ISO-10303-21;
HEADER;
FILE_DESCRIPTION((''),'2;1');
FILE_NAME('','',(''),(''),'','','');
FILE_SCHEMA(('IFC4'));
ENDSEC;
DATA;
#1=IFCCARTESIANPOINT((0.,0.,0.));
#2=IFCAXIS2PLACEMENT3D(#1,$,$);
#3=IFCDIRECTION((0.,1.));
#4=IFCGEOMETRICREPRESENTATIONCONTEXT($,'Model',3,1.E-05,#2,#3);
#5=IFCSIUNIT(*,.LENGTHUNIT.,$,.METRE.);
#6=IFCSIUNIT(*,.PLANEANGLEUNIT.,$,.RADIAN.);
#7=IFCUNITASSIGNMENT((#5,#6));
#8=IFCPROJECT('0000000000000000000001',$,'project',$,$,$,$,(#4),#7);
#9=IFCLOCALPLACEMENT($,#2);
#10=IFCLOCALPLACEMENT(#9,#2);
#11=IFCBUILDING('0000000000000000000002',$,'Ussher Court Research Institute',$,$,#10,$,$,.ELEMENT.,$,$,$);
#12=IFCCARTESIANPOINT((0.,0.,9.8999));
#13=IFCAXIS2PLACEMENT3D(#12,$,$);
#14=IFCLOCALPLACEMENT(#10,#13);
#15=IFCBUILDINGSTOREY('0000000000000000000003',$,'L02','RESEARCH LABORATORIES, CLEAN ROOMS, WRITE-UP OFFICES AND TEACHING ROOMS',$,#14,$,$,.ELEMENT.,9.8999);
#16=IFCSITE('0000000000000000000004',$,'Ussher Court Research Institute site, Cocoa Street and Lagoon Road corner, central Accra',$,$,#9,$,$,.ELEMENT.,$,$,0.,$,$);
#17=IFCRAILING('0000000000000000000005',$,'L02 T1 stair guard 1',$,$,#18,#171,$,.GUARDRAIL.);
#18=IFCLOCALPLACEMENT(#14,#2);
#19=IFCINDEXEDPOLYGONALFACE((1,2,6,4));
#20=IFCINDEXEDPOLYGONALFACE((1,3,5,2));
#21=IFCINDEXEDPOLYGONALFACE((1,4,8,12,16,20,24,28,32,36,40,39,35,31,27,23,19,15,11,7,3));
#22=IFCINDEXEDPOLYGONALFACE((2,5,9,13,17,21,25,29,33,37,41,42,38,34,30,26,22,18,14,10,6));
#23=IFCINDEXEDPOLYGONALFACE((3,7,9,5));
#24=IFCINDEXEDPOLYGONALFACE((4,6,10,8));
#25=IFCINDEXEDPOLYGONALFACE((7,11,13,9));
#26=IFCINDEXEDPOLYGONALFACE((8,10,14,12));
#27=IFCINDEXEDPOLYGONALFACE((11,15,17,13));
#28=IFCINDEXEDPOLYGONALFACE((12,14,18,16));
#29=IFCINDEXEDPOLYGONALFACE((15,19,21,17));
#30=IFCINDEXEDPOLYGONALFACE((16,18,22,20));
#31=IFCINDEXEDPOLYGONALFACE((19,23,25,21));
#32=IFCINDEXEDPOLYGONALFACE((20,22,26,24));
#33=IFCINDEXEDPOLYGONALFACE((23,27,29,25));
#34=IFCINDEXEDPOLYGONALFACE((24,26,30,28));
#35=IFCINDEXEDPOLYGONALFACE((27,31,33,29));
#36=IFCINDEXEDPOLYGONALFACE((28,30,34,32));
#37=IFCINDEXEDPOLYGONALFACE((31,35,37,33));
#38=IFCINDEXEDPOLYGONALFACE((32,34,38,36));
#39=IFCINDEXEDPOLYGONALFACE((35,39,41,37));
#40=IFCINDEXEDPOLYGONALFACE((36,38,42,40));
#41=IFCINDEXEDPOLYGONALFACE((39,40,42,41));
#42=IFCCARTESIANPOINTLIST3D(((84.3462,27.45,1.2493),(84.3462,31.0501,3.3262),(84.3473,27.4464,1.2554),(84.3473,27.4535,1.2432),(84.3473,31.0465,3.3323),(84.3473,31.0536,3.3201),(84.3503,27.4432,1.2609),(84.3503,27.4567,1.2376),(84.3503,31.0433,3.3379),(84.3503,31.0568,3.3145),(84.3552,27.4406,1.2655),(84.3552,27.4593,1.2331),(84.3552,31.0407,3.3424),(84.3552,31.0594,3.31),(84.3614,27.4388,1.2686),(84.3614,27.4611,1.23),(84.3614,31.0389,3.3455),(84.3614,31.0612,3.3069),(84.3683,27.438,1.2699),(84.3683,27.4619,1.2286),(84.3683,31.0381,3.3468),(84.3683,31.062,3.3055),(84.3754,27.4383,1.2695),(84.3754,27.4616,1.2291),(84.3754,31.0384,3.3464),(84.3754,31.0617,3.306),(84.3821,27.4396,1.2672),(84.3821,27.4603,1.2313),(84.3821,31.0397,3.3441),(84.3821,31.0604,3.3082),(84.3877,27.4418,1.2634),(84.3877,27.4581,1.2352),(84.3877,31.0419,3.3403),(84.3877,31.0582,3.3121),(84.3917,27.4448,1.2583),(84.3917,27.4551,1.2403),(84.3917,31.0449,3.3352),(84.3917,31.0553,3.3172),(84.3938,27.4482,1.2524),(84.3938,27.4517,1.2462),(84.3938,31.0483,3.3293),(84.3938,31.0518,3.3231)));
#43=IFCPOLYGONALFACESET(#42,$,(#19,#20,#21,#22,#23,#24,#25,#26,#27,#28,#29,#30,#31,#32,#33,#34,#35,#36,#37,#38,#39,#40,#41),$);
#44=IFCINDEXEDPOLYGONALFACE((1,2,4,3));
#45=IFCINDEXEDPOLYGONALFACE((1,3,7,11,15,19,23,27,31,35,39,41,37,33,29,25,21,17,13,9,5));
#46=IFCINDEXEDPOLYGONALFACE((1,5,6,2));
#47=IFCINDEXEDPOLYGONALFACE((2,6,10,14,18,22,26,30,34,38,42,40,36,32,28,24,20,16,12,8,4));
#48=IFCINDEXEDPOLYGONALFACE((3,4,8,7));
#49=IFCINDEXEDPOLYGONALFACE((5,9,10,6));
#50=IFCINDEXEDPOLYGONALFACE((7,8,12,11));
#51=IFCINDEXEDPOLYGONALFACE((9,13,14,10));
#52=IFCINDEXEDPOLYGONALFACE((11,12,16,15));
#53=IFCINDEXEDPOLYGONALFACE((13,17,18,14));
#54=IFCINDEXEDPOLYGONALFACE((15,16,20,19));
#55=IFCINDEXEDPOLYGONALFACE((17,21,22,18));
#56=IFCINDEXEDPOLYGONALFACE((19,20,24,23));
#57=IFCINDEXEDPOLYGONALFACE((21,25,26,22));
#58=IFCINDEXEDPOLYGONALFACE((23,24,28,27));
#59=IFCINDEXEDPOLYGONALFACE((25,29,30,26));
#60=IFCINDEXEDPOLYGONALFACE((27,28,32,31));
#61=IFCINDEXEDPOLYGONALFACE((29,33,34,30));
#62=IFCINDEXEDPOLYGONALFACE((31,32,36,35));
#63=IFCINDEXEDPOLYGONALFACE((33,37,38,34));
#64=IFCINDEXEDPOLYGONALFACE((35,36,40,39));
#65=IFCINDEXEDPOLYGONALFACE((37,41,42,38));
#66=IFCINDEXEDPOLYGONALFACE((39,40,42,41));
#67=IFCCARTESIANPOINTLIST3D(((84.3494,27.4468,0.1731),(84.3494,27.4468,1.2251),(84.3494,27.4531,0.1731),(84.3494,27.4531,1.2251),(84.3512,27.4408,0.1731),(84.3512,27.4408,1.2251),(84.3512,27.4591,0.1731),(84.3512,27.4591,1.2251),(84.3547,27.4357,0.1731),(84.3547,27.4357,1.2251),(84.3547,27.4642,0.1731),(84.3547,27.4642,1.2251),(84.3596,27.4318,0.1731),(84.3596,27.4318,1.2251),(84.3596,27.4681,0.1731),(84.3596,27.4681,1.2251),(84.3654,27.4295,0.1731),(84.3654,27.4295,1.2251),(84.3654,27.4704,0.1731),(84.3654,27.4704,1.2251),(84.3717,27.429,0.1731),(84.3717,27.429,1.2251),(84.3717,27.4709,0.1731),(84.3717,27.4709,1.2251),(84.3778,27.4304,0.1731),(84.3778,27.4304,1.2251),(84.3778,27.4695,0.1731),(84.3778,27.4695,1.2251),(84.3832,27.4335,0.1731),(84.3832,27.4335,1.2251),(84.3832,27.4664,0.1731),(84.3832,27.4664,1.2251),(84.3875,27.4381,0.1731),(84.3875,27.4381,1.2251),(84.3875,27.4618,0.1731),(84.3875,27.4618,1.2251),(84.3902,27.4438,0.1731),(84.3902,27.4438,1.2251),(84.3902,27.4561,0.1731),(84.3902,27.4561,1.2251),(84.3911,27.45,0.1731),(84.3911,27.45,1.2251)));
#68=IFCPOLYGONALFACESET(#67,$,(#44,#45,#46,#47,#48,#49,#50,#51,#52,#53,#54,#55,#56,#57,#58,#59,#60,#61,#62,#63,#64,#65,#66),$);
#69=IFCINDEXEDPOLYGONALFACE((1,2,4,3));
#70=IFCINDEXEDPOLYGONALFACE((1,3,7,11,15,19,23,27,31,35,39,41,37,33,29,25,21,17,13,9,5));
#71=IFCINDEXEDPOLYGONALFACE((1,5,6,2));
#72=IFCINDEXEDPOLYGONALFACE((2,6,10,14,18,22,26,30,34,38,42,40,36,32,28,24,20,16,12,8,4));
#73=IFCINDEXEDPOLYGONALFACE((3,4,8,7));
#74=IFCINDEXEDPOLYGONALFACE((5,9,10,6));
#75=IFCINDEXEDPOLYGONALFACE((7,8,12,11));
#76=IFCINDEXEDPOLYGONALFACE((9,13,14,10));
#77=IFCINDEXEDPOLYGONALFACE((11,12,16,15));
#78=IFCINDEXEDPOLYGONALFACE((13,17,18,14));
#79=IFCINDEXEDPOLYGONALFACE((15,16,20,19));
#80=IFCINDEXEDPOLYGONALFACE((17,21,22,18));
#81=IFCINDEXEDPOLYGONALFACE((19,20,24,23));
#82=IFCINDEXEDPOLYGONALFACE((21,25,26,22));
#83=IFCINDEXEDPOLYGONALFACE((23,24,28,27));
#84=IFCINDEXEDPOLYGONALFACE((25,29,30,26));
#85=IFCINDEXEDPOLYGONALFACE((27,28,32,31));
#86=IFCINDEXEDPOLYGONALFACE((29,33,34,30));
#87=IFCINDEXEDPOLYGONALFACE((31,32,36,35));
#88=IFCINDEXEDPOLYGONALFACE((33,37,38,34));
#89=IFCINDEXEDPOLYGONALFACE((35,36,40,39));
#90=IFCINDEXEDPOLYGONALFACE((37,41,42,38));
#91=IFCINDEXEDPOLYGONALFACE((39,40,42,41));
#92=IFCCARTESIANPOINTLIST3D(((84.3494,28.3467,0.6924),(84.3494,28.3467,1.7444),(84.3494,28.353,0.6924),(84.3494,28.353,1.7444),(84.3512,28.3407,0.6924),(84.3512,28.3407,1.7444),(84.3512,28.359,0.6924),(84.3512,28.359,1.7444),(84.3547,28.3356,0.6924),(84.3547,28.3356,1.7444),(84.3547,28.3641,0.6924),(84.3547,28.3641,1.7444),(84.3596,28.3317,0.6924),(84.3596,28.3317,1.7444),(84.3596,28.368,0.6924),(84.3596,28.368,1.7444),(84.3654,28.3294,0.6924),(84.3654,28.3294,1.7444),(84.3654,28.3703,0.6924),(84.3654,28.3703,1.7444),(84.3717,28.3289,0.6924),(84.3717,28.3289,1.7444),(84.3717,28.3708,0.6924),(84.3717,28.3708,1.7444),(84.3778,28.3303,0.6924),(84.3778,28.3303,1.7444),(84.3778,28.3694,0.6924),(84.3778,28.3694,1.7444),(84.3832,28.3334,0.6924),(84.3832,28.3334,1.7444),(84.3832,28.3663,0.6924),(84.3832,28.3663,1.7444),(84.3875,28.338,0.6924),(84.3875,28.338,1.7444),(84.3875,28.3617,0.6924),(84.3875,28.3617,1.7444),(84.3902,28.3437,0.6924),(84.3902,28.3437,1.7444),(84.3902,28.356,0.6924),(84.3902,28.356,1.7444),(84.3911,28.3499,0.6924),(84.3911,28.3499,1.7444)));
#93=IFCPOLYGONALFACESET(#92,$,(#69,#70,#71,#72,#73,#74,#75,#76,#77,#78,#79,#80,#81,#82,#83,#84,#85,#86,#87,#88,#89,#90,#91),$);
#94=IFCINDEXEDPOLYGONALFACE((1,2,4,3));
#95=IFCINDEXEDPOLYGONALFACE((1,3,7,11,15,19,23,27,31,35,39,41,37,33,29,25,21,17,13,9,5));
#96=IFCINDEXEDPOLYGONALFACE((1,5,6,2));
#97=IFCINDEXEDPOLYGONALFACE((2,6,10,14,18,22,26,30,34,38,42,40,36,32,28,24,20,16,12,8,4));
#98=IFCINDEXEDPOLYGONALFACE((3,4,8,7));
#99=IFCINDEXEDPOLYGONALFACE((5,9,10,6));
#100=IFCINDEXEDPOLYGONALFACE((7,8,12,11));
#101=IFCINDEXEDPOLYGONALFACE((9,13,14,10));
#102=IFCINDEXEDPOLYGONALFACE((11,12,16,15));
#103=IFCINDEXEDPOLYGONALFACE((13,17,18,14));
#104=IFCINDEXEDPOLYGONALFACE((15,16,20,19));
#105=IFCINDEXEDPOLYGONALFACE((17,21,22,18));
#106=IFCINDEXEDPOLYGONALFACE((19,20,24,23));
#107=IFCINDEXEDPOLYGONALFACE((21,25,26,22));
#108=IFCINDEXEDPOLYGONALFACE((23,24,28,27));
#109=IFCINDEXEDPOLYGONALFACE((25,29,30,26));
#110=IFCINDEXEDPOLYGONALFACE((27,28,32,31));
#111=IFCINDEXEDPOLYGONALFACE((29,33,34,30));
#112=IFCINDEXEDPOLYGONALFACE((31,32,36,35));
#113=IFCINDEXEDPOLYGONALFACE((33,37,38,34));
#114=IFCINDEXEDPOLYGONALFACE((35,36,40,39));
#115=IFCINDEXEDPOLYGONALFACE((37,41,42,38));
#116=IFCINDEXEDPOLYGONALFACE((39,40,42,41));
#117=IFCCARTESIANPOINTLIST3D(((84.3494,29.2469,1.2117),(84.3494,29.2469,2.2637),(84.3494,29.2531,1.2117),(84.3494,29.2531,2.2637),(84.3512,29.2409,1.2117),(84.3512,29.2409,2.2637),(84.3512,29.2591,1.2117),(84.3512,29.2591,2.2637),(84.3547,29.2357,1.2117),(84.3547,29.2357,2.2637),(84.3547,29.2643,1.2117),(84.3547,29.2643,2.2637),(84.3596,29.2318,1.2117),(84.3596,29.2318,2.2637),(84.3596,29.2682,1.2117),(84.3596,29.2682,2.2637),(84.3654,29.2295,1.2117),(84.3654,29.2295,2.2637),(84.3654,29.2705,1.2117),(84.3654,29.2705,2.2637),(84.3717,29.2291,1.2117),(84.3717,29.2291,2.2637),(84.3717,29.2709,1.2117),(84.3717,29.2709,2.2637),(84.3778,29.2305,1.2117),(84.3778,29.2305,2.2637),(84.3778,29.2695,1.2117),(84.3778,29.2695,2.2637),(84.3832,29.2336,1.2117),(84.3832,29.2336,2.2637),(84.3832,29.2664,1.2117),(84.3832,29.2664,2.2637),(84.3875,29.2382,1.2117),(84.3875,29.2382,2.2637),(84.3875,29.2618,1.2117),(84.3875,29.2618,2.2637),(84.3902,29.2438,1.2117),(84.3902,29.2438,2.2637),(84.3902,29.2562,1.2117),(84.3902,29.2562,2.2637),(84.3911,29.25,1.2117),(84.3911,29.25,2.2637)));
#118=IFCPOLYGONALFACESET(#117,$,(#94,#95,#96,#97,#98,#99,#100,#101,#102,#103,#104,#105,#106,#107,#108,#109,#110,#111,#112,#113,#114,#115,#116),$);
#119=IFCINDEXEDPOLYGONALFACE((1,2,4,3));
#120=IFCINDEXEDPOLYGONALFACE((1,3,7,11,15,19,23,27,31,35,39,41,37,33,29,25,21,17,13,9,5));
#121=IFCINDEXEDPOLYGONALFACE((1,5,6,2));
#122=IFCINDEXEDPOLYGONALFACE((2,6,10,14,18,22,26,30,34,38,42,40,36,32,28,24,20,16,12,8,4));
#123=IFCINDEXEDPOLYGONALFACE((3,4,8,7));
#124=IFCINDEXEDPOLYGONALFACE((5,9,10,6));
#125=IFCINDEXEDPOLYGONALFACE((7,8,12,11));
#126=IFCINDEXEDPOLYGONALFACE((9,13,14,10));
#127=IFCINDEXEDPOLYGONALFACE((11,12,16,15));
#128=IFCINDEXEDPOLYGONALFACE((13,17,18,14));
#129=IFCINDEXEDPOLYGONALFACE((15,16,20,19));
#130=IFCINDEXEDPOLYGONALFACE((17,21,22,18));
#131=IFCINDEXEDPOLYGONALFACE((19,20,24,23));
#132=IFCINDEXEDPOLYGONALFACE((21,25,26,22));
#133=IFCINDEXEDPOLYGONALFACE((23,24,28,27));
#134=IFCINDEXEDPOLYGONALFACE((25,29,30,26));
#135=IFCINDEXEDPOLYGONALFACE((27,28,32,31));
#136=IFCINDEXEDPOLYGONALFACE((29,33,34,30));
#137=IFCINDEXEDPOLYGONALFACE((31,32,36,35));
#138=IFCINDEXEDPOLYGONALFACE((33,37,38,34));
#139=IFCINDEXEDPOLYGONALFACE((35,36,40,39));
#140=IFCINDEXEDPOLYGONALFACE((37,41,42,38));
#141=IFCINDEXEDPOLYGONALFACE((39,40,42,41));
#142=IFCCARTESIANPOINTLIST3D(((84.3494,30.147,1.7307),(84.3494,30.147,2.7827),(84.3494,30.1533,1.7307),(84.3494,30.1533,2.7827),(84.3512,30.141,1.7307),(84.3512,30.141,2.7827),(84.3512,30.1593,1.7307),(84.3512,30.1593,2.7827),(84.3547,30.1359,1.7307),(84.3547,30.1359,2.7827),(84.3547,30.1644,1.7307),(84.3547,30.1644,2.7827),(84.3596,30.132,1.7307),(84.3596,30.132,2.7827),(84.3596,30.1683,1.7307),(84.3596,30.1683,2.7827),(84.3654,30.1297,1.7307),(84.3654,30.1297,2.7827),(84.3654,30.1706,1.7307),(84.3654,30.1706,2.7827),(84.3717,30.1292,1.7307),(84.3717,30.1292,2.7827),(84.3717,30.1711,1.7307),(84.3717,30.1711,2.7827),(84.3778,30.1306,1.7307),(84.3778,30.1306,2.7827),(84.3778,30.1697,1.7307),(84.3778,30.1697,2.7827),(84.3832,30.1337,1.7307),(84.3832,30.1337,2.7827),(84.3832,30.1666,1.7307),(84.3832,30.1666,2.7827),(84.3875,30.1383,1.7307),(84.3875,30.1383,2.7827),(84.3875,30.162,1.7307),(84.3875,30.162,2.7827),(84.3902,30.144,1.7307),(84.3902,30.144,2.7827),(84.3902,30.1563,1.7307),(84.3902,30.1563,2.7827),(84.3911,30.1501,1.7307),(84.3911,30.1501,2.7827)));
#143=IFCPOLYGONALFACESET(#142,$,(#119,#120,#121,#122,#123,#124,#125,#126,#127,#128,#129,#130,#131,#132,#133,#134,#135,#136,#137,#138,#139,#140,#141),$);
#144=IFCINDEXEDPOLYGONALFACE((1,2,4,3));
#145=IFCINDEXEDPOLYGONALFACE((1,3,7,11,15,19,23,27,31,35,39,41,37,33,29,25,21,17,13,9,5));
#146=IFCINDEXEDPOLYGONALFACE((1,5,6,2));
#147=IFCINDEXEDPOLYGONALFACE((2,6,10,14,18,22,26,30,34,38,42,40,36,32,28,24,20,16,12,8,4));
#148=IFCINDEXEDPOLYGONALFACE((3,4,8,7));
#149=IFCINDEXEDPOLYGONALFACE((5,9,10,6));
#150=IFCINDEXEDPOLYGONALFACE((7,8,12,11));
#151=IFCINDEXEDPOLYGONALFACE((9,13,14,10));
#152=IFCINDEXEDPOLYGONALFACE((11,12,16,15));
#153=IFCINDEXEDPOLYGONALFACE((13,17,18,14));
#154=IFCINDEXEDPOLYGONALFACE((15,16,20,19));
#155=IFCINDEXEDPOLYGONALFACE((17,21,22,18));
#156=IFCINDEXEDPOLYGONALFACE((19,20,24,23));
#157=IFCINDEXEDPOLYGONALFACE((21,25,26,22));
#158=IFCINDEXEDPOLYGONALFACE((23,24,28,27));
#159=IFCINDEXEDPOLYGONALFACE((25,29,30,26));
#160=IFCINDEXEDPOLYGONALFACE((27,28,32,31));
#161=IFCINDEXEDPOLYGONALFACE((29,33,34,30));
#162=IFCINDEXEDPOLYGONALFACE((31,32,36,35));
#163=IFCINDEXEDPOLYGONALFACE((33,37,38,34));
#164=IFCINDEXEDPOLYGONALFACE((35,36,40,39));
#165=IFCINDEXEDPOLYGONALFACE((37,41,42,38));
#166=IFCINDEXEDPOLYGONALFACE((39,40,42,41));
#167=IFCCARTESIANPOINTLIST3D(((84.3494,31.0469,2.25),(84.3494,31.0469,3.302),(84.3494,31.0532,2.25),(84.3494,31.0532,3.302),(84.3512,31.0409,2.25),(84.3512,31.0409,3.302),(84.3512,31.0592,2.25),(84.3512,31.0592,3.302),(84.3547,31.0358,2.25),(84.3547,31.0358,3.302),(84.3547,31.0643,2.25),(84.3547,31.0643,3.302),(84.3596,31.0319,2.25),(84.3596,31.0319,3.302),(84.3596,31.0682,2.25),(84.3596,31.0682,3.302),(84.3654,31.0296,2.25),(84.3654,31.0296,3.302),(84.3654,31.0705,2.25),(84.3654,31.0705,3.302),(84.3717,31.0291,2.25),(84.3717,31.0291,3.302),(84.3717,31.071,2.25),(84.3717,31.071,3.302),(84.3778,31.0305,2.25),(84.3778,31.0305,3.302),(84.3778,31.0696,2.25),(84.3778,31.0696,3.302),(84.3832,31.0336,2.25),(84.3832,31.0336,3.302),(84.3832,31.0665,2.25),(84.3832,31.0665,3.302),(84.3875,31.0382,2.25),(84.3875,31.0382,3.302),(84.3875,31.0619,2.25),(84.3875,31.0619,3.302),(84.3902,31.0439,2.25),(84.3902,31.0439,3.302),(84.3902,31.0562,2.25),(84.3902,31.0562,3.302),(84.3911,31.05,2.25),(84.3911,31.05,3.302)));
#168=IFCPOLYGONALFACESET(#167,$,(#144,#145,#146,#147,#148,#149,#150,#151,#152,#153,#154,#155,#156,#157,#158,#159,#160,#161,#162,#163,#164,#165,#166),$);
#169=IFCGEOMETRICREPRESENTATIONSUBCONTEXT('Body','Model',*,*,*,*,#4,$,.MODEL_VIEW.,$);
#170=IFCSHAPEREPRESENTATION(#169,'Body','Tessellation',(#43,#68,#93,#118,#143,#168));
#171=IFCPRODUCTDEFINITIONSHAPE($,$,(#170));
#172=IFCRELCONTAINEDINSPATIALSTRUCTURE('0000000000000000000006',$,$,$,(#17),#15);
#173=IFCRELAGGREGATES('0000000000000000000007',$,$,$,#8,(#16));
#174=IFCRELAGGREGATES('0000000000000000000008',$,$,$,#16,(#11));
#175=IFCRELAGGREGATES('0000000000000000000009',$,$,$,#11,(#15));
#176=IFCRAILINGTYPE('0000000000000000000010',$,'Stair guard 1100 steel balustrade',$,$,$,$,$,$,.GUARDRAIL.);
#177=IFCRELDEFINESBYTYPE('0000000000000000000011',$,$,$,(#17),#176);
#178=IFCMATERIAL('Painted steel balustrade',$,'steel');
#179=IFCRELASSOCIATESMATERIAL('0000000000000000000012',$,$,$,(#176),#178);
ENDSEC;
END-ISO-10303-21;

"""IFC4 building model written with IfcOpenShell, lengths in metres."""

from ifc_helpers import new_model, si_unit, direction, frame, origin, origin_2d, place, context, subcontext, project, spatial, circle, extrude, material, type_object, element, save


model = new_model("IFC4")

# Units and contexts
model_context = context("Model", 3, precision=1e-05, world=origin(), true_north=direction((0.0, 1.0)))
body_context = subcontext(model_context, "Body", "Model", "MODEL_VIEW")
ifc_project = project(units=[si_unit("LENGTHUNIT", "METRE"), si_unit("PLANEANGLEUNIT", "RADIAN")], contexts=[model_context])

# Site, building, storey
site_placement = place(None, origin())
site = spatial("IfcSite", under=ifc_project, at=site_placement, Name="Ussher Court Research Institute site, Cocoa Street and Lagoon Road corner, central Accra", CompositionType="ELEMENT", RefElevation=0.0)
building_placement = place(site_placement, origin())
building = spatial("IfcBuilding", under=site, at=building_placement, Name="Ussher Court Research Institute", CompositionType="ELEMENT")
storey_placement = place(building_placement, frame((0.0, 0.0, 9.8999)))
storey = spatial("IfcBuildingStorey", under=building, at=storey_placement, Name="L02", Description="RESEARCH LABORATORIES, CLEAN ROOMS, WRITE-UP OFFICES AND TEACHING ROOMS", CompositionType="ELEMENT", Elevation=9.8999)

# Railing
ifc_material_1 = material(Name="Painted steel balustrade", Category="steel")
railing_type_1 = type_object("IfcRailingType", Name="Stair guard 1100 steel balustrade", PredefinedType="GUARDRAIL", material=ifc_material_1)
railing_1_placement = place(storey_placement, frame((84.3701, 27.45, 0.1731)))
element("IfcRailing", 1, at=railing_1_placement, inside=storey, type_object=railing_type_1, Name="L02 T1 stair guard 1", PredefinedType="GUARDRAIL", context=body_context, shape_type="SweptSolid", body=[
    extrude(circle(Radius=0.0239, at=origin_2d()), frame((0.0, 0.0, 1.0762), z_axis=(0.0, 0.866193, 0.499709), x_axis=(-1.0, 0.0, 0.0)), (0.0, 0.0, 1.0), 4.1562),
    extrude(circle(Radius=0.021, at=origin_2d()), origin(), (0.0, 0.0, 1.0), 1.052),
    extrude(circle(Radius=0.021, at=origin_2d()), frame((0.0, 0.8999, 0.5193)), (0.0, 0.0, 1.0), 1.052),
    extrude(circle(Radius=0.021, at=origin_2d()), frame((0.0, 1.8, 1.0386)), (0.0, 0.0, 1.0), 1.052),
    extrude(circle(Radius=0.021, at=origin_2d()), frame((0.0, 2.7002, 1.5576)), (0.0, 0.0, 1.0), 1.052),
    extrude(circle(Radius=0.021, at=origin_2d()), frame((0.0, 3.6001, 2.0769)), (0.0, 0.0, 1.0), 1.052),
])

save(model, "model.ifc")
